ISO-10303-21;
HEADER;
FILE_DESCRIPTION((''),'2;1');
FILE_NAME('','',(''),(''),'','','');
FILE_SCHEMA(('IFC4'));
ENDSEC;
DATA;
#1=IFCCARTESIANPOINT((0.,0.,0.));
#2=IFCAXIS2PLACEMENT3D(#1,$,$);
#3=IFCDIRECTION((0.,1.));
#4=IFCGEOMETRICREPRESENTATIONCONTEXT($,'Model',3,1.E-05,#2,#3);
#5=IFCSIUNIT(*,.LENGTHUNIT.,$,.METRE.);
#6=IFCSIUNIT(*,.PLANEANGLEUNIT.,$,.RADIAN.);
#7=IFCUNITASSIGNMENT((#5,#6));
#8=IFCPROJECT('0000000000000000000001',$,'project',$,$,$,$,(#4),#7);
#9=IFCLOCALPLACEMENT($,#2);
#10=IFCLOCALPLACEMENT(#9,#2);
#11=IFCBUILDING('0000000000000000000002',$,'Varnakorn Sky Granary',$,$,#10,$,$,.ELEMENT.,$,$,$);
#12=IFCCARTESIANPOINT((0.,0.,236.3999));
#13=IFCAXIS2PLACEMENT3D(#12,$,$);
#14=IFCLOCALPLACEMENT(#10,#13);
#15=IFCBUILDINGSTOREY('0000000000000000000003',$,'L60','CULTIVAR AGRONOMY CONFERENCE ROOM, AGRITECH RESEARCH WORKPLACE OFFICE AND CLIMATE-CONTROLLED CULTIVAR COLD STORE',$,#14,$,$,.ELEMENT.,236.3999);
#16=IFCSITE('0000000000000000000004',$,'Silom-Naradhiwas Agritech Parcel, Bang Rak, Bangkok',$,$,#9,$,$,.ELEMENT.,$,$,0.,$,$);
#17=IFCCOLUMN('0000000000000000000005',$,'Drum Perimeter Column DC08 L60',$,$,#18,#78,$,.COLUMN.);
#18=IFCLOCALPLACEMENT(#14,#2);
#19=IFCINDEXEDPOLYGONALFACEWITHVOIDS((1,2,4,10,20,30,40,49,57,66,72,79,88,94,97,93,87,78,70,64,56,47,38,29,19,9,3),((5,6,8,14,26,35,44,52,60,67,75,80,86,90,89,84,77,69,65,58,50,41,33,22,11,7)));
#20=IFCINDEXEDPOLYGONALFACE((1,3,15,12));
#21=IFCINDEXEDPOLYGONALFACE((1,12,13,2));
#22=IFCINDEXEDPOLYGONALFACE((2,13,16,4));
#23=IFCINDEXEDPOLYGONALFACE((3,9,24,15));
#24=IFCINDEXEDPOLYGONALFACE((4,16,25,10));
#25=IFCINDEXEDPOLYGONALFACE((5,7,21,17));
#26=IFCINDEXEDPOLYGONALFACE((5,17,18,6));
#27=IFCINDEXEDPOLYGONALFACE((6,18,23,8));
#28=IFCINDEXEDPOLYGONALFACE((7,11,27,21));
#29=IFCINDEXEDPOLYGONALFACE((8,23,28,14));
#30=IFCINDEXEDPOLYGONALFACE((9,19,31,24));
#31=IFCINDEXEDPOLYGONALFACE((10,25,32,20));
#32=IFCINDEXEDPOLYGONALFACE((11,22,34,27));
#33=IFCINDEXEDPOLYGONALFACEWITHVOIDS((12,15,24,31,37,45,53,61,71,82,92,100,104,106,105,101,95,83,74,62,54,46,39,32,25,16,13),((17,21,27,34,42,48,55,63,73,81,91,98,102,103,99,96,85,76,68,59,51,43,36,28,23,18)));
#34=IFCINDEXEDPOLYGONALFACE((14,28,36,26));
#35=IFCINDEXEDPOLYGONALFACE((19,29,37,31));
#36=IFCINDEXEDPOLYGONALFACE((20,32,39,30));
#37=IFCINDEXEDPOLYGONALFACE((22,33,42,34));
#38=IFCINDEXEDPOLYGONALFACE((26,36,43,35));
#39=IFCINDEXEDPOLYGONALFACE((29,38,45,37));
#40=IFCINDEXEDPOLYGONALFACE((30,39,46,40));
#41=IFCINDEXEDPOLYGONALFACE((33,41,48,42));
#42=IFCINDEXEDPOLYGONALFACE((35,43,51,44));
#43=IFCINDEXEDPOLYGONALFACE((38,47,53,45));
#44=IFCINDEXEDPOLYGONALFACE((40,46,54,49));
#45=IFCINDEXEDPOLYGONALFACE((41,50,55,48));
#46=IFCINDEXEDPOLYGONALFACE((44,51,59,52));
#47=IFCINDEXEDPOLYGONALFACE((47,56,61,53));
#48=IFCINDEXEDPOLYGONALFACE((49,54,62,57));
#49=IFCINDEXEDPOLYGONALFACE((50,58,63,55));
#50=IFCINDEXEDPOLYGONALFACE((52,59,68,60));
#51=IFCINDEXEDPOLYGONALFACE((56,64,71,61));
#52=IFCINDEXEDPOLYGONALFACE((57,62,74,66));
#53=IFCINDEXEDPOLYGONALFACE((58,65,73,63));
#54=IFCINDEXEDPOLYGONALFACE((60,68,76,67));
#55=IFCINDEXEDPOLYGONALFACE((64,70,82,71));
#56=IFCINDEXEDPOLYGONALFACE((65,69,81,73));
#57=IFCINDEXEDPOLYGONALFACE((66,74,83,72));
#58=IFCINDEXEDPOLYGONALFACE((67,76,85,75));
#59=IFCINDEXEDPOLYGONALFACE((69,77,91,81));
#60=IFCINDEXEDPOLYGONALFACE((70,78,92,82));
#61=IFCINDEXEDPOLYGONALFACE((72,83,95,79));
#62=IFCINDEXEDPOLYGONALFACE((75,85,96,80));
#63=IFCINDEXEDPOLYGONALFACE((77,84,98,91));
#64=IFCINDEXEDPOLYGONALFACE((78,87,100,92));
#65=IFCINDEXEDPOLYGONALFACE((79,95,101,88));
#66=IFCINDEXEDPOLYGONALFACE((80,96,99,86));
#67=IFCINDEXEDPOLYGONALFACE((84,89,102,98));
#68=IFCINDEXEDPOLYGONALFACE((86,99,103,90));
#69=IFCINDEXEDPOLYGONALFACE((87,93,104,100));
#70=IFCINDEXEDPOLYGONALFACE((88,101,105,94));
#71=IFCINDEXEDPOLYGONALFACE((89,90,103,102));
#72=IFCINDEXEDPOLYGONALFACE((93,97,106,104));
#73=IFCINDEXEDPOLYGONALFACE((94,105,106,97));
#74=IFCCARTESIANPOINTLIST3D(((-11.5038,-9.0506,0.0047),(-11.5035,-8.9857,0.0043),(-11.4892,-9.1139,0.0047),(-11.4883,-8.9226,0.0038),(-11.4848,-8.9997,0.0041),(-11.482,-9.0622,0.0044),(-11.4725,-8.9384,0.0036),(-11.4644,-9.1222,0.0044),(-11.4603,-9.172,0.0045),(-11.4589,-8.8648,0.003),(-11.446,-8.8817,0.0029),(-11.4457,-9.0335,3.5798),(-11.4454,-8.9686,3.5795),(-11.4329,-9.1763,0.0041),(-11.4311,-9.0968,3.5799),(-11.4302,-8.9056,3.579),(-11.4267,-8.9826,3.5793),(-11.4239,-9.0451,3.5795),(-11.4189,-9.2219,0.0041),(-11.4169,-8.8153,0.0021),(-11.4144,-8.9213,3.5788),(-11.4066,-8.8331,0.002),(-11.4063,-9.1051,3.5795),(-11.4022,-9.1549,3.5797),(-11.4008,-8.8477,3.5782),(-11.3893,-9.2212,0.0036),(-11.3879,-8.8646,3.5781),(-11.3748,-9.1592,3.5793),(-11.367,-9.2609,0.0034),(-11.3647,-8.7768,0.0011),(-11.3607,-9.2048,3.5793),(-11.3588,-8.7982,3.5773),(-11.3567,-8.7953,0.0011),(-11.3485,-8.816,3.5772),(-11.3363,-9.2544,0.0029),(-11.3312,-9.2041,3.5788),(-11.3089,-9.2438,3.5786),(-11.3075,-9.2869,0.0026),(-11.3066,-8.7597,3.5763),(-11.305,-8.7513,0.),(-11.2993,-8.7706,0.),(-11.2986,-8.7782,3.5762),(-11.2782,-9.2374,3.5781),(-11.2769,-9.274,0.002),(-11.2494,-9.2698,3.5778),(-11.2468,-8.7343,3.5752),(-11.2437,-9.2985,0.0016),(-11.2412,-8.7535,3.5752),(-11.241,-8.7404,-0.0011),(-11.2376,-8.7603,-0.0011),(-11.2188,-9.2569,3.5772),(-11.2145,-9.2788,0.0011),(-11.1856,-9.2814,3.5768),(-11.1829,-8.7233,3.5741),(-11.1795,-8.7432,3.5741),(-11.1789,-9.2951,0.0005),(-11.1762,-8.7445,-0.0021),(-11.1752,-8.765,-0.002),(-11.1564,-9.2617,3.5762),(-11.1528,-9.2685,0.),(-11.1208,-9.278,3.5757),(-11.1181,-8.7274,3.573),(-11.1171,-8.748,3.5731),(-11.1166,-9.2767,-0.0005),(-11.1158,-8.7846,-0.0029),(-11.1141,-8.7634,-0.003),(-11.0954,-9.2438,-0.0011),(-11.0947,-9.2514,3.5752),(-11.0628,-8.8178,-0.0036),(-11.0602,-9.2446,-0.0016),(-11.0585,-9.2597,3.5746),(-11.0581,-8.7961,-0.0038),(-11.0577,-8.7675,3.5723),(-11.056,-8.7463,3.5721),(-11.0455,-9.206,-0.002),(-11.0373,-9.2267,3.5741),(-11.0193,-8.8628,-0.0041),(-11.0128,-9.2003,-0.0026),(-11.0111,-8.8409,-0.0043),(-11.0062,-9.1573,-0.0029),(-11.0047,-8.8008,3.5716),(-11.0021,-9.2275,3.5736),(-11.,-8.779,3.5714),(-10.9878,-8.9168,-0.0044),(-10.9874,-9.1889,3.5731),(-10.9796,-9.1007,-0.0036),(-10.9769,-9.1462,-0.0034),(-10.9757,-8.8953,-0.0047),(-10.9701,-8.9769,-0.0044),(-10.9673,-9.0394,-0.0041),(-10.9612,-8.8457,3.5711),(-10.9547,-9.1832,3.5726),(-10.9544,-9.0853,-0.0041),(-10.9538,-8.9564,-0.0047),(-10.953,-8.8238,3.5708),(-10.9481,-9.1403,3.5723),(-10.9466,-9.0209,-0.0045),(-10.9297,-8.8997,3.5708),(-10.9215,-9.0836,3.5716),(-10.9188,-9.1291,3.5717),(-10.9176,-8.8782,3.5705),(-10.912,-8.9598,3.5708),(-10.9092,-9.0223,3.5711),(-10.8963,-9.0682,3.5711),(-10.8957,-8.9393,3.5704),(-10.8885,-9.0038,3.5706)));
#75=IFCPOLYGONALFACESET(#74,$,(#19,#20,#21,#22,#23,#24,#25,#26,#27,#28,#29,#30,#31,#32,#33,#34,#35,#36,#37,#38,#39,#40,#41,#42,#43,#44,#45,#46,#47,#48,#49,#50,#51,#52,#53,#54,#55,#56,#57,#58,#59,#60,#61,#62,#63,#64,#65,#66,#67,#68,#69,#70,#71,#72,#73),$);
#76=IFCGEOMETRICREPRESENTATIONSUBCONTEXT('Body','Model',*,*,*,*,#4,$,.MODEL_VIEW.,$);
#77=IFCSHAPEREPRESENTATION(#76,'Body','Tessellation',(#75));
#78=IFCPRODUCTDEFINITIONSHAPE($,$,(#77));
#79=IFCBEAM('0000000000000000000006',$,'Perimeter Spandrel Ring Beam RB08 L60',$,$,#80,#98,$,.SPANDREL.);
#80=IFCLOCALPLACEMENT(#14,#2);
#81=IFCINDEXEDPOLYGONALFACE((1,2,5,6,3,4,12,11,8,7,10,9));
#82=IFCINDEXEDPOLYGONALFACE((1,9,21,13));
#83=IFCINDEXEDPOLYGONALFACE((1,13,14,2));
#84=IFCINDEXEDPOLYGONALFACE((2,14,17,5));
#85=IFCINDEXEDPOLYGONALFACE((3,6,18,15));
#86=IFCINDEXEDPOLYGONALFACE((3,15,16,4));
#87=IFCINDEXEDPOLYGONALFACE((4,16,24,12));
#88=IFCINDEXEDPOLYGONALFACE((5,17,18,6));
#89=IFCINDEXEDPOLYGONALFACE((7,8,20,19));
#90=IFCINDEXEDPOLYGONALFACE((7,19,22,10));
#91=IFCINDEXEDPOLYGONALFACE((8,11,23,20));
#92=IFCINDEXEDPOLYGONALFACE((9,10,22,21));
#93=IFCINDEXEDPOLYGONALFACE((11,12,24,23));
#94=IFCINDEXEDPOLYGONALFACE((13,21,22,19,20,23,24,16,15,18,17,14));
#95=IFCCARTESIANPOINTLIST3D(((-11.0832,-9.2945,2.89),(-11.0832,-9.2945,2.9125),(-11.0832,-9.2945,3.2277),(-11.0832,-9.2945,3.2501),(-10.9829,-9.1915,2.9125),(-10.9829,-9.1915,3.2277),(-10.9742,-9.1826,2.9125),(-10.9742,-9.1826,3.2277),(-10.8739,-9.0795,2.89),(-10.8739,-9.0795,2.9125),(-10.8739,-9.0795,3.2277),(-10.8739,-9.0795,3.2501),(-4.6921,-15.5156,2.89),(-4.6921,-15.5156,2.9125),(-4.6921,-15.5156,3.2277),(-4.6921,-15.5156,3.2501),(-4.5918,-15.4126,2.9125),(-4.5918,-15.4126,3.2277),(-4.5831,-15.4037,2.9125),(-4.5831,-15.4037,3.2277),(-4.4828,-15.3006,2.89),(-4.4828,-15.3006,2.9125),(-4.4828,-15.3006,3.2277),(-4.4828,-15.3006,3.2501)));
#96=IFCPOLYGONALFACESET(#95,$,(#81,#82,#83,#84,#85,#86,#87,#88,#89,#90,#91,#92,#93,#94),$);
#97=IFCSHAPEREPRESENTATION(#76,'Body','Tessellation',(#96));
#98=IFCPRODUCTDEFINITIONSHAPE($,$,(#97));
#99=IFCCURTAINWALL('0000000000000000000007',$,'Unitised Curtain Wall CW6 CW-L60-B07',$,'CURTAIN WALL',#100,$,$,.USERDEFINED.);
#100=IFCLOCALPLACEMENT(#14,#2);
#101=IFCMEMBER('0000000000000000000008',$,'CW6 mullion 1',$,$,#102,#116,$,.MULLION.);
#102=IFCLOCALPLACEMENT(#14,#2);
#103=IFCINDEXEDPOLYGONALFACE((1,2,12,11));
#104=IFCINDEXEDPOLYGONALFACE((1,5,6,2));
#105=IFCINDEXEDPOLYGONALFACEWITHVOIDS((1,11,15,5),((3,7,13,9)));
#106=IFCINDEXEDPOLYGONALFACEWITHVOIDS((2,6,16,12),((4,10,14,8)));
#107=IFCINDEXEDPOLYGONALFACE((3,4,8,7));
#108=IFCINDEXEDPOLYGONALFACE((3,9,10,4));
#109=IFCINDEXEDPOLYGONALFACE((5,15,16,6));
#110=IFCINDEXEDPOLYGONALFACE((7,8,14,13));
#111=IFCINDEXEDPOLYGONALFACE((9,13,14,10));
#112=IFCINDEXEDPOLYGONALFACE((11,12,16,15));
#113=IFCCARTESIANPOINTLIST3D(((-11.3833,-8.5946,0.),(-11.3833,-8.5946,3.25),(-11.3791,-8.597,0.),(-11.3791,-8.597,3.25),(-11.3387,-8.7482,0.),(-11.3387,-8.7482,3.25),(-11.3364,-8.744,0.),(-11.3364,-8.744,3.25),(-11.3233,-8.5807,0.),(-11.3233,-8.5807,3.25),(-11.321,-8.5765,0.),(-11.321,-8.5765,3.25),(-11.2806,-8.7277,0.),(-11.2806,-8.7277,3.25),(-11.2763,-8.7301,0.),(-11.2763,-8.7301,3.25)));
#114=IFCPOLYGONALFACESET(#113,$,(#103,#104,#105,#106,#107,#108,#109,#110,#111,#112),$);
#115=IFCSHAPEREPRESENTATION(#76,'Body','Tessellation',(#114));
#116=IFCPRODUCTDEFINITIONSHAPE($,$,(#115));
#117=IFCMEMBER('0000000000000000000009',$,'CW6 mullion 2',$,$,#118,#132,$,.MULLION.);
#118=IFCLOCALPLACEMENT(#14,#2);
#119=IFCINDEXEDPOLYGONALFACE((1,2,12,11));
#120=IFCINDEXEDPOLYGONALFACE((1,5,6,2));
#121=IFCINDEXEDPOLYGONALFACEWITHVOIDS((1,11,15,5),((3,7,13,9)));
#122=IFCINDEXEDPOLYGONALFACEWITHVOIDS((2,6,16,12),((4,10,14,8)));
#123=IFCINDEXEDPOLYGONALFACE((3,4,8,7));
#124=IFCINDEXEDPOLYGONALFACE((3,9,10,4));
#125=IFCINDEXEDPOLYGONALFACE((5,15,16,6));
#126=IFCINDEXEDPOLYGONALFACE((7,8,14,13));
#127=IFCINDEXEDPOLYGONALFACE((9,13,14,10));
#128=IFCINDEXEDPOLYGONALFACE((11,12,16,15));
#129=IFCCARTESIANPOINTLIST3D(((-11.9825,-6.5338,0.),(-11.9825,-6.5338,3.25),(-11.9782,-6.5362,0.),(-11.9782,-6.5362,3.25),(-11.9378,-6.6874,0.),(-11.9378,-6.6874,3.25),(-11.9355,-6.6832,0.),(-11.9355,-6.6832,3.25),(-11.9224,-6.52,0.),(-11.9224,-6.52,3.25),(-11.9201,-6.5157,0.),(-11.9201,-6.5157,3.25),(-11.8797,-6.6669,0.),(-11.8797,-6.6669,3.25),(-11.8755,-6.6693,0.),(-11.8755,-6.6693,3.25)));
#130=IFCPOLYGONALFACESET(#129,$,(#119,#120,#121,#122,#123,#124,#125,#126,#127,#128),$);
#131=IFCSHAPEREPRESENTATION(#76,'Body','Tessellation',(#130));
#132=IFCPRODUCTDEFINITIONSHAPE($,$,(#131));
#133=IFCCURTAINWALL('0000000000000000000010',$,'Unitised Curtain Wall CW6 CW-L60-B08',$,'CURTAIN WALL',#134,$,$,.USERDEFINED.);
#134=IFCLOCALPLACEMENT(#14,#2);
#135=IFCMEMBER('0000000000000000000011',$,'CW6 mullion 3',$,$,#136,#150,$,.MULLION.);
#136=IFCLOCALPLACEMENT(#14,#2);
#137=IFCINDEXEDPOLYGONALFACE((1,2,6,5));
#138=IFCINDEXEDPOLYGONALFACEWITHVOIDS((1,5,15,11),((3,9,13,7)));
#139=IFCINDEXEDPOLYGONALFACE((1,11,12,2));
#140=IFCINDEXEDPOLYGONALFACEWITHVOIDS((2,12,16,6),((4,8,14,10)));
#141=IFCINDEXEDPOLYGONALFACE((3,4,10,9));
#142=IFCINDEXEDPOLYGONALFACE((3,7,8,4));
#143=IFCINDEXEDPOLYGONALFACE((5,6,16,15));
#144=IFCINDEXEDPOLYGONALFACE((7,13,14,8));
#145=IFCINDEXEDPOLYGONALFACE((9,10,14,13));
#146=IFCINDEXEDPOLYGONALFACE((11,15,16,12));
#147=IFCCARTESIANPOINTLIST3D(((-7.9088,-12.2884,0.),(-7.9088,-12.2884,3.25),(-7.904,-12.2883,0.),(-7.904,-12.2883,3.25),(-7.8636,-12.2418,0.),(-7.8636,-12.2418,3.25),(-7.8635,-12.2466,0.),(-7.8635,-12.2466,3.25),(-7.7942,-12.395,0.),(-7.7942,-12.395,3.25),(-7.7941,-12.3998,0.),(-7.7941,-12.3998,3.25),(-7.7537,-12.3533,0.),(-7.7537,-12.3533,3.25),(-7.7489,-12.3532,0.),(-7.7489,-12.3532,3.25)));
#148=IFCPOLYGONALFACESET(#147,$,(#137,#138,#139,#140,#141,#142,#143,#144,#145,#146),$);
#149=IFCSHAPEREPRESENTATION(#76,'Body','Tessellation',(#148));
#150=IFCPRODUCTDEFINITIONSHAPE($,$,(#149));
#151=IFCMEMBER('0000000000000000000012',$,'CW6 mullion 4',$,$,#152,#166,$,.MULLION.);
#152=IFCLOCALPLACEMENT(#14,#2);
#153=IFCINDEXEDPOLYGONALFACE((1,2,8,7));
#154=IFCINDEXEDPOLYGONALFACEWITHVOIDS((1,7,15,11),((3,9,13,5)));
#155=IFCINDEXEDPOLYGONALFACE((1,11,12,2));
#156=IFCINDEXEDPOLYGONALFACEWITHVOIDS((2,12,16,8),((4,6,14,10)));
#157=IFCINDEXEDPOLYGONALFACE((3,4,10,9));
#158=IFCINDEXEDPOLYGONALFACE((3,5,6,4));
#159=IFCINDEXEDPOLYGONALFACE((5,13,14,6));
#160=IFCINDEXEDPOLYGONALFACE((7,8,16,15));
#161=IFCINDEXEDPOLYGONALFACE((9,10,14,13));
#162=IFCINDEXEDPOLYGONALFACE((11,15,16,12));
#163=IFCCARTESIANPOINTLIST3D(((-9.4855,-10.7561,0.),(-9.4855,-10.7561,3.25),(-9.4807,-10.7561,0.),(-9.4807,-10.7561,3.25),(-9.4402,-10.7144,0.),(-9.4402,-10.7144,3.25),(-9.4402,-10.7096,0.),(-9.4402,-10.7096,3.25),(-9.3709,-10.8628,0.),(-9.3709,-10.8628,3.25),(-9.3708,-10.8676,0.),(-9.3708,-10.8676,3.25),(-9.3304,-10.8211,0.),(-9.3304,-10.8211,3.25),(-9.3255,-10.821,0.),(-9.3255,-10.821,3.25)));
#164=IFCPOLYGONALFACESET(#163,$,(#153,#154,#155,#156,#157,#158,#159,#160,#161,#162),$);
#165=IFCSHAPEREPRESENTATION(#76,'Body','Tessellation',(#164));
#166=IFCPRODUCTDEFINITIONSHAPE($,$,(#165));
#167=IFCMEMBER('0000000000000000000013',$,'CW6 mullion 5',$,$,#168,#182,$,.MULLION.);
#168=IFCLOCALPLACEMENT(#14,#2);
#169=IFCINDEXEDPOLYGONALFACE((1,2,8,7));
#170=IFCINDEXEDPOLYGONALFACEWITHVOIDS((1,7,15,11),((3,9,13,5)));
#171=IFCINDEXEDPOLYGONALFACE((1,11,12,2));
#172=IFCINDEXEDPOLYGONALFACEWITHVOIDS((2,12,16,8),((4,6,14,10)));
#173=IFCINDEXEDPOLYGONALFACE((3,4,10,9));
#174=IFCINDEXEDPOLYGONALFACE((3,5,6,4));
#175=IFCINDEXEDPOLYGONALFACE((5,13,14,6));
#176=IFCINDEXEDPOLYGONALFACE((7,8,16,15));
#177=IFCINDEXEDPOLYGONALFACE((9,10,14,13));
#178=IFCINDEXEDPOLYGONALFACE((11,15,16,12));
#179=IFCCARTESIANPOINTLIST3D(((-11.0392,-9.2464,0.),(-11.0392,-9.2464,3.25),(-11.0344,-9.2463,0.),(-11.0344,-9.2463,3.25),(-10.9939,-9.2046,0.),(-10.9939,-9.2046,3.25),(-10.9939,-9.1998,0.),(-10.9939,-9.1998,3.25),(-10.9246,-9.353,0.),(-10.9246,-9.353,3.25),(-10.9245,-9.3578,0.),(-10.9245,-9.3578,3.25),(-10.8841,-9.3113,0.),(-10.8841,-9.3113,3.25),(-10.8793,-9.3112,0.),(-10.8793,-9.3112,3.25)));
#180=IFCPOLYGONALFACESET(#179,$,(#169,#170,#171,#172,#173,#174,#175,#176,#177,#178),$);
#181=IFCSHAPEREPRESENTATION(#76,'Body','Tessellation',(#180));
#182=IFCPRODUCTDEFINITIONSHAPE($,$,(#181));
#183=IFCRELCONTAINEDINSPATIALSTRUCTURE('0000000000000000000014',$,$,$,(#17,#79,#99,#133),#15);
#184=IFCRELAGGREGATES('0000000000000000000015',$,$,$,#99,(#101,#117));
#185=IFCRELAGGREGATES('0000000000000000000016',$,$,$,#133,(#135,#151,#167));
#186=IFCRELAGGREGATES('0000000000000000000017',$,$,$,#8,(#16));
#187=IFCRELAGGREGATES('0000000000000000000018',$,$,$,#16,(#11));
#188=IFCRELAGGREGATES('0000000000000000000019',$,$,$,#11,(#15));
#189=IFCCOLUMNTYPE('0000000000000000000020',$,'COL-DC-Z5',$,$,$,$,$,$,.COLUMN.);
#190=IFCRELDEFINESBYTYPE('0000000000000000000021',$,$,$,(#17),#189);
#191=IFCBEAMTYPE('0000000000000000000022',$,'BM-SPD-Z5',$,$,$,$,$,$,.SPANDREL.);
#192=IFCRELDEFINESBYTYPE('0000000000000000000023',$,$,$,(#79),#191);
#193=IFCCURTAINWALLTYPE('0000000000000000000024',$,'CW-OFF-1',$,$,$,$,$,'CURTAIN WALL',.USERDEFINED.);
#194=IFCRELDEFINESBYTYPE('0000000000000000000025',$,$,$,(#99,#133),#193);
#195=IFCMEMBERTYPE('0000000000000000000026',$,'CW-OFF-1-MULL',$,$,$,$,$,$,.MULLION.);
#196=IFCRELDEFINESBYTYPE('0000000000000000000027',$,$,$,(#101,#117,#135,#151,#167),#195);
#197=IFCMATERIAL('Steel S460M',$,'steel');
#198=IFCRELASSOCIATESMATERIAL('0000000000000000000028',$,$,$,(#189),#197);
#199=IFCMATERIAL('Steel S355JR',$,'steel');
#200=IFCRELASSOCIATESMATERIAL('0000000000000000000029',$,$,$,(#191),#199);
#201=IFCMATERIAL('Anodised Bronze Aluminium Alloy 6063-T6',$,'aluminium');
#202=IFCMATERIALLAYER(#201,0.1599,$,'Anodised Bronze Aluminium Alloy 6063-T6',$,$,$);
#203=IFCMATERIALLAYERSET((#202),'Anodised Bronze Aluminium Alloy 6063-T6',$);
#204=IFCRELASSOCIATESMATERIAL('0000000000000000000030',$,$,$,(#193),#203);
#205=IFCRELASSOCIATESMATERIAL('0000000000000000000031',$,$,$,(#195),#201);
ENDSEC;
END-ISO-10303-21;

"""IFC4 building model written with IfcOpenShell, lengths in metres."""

from ifc_helpers import new_model, si_unit, direction, frame, origin, origin_2d, place, context, subcontext, project, spatial, hollow_rectangle, hollow_circle, i_section, extrude, material, layer, layer_set, material_profile, profile_set, type_object, element, aggregate, save


model = new_model("IFC4")

# Units and contexts
model_context = context("Model", 3, precision=1e-05, world=origin(), true_north=direction((0.0, 1.0)))
body_context = subcontext(model_context, "Body", "Model", "MODEL_VIEW")
ifc_project = project(units=[si_unit("LENGTHUNIT", "METRE"), si_unit("PLANEANGLEUNIT", "RADIAN")], contexts=[model_context])

# Site, building, storey
site_placement = place(None, origin())
site = spatial("IfcSite", under=ifc_project, at=site_placement, Name="Silom-Naradhiwas Agritech Parcel, Bang Rak, Bangkok", CompositionType="ELEMENT", RefElevation=0.0)
building_placement = place(site_placement, origin())
building = spatial("IfcBuilding", under=site, at=building_placement, Name="Varnakorn Sky Granary", CompositionType="ELEMENT")
storey_placement = place(building_placement, frame((0.0, 0.0, 236.3999)))
storey = spatial("IfcBuildingStorey", under=building, at=storey_placement, Name="L60", Description="CULTIVAR AGRONOMY CONFERENCE ROOM, AGRITECH RESEARCH WORKPLACE OFFICE AND CLIMATE-CONTROLLED CULTIVAR COLD STORE", CompositionType="ELEMENT", Elevation=236.3999)

# Column
ifc_material_1 = material(Name="Steel S460M", Category="steel")
ifc_material_profile_1 = material_profile(ifc_material_1, hollow_circle(Radius=0.2795, WallThickness=0.02, at=origin_2d()), Name="CHS 559x20")
ifc_profile_set_1 = profile_set([ifc_material_profile_1], Name="Steel S460M")
column_type = type_object("IfcColumnType", Name="COL-DC-Z5", PredefinedType="COLUMN", material=ifc_profile_set_1)
column_placement = place(storey_placement, frame((-11.2261, -9.0195, 0.0), z_axis=(0.01625, 0.004779, 0.999857), x_axis=(-0.282166, 0.959366, 0.0)))
element("IfcColumn", 1, at=column_placement, inside=storey, type_object=column_type, Name="Drum Perimeter Column DC08 L60", PredefinedType="COLUMN", context=body_context, shape_type="SweptSolid", body=[
    extrude(hollow_circle(Radius=0.2795, WallThickness=0.02, at=origin_2d()), origin(), (0.0, 0.0, 1.0), 3.5757),
])

# Beam
ifc_material_2 = material(Name="Steel S355JR", Category="steel")
ifc_material_profile_2 = material_profile(ifc_material_2, i_section(OverallWidth=0.3, OverallDepth=0.3601, WebThickness=0.0125, FlangeThickness=0.0225, at=origin_2d()), Name="HE 360 B")
ifc_profile_set_2 = profile_set([ifc_material_profile_2], Name="Steel S355JR")
beam_type = type_object("IfcBeamType", Name="BM-SPD-Z5", PredefinedType="SPANDREL", material=ifc_profile_set_2)
beam_placement = place(storey_placement, frame((-10.9785, -9.187, 3.0701), z_axis=(0.716568, -0.697517, 0.0), x_axis=(0.697517, 0.716568, 0.0)))
element("IfcBeam", 2, at=beam_placement, inside=storey, type_object=beam_type, Name="Perimeter Spandrel Ring Beam RB08 L60", PredefinedType="SPANDREL", context=body_context, shape_type="SweptSolid", body=[
    extrude(i_section(OverallWidth=0.3, OverallDepth=0.3601, WebThickness=0.0125, FlangeThickness=0.0225, at=origin_2d()), origin(), (0.0, 0.0, 1.0), 8.9189),
])

# Curtain walls, members
ifc_material_3 = material(Name="Anodised Bronze Aluminium Alloy 6063-T6", Category="aluminium")
ifc_layer_1 = layer(ifc_material_3, 0.1599, Name="Anodised Bronze Aluminium Alloy 6063-T6")
ifc_layer_set_1 = layer_set([ifc_layer_1], Name="Anodised Bronze Aluminium Alloy 6063-T6")
curtain_wall_type = type_object("IfcCurtainWallType", Name="CW-OFF-1", ElementType="CURTAIN WALL", PredefinedType="USERDEFINED", material=ifc_layer_set_1)
curtain_wall_1_placement = place(storey_placement, origin())
curtain_wall_1 = element("IfcCurtainWall", 3, at=curtain_wall_1_placement, inside=storey, type_object=curtain_wall_type, Name="Unitised Curtain Wall CW6 CW-L60-B07", ObjectType="CURTAIN WALL", PredefinedType="USERDEFINED")
ifc_material_profile_3 = material_profile(ifc_material_3, hollow_rectangle(XDim=0.0649, YDim=0.1599, WallThickness=0.0034, at=origin_2d()), Name="ALU MULL 65x160")
ifc_profile_set_3 = profile_set([ifc_material_profile_3], Name="Anodised Bronze Aluminium Alloy 6063-T6")
member_type_1 = type_object("IfcMemberType", Name="CW-OFF-1-MULL", PredefinedType="MULLION", material=ifc_profile_set_3)
member_1_placement = place(storey_placement, frame((-11.3298, -8.6624, 0.0), z_axis=(0.0, 0.0, 1.0), x_axis=(-0.96025, -0.279141, 0.0)))
member_1 = element("IfcMember", 4, at=member_1_placement, type_object=member_type_1, Name="CW6 mullion 1", PredefinedType="MULLION", context=body_context, shape_type="SweptSolid", body=[
    extrude(hollow_rectangle(XDim=0.0649, YDim=0.1599, WallThickness=0.0034, at=origin_2d()), origin(), (0.0, 0.0, 1.0), 3.25),
])
member_2_placement = place(storey_placement, frame((-11.929, -6.6016, 0.0), z_axis=(0.0, 0.0, 1.0), x_axis=(-0.96025, -0.279141, 0.0)))
member_2 = element("IfcMember", 5, at=member_2_placement, type_object=member_type_1, Name="CW6 mullion 2", PredefinedType="MULLION", context=body_context, shape_type="SweptSolid", body=[
    extrude(hollow_rectangle(XDim=0.0649, YDim=0.1599, WallThickness=0.0034, at=origin_2d()), origin(), (0.0, 0.0, 1.0), 3.25),
])
curtain_wall_2_placement = place(storey_placement, origin())
curtain_wall_2 = element("IfcCurtainWall", 6, at=curtain_wall_2_placement, inside=storey, type_object=curtain_wall_type, Name="Unitised Curtain Wall CW6 CW-L60-B08", ObjectType="CURTAIN WALL", PredefinedType="USERDEFINED")
member_3_placement = place(storey_placement, frame((-7.8289, -12.3208, 0.0), z_axis=(0.0, 0.0, 1.0), x_axis=(-0.696915, -0.717154, 0.0)))
member_3 = element("IfcMember", 7, at=member_3_placement, type_object=member_type_1, Name="CW6 mullion 3", PredefinedType="MULLION", context=body_context, shape_type="SweptSolid", body=[
    extrude(hollow_rectangle(XDim=0.0649, YDim=0.1599, WallThickness=0.0034, at=origin_2d()), origin(), (0.0, 0.0, 1.0), 3.25),
])
member_4_placement = place(storey_placement, frame((-9.4055, -10.7886, 0.0), z_axis=(0.0, 0.0, 1.0), x_axis=(-0.696915, -0.717154, 0.0)))
member_4 = element("IfcMember", 8, at=member_4_placement, type_object=member_type_1, Name="CW6 mullion 4", PredefinedType="MULLION", context=body_context, shape_type="SweptSolid", body=[
    extrude(hollow_rectangle(XDim=0.0649, YDim=0.1599, WallThickness=0.0034, at=origin_2d()), origin(), (0.0, 0.0, 1.0), 3.25),
])
member_5_placement = place(storey_placement, frame((-10.9592, -9.2788, 0.0), z_axis=(0.0, 0.0, 1.0), x_axis=(-0.696915, -0.717154, 0.0)))
member_5 = element("IfcMember", 9, at=member_5_placement, type_object=member_type_1, Name="CW6 mullion 5", PredefinedType="MULLION", context=body_context, shape_type="SweptSolid", body=[
    extrude(hollow_rectangle(XDim=0.0649, YDim=0.1599, WallThickness=0.0034, at=origin_2d()), origin(), (0.0, 0.0, 1.0), 3.25),
])

aggregate(curtain_wall_1, [member_1, member_2])
aggregate(curtain_wall_2, [member_3, member_4, member_5])

save(model, "model.ifc")
